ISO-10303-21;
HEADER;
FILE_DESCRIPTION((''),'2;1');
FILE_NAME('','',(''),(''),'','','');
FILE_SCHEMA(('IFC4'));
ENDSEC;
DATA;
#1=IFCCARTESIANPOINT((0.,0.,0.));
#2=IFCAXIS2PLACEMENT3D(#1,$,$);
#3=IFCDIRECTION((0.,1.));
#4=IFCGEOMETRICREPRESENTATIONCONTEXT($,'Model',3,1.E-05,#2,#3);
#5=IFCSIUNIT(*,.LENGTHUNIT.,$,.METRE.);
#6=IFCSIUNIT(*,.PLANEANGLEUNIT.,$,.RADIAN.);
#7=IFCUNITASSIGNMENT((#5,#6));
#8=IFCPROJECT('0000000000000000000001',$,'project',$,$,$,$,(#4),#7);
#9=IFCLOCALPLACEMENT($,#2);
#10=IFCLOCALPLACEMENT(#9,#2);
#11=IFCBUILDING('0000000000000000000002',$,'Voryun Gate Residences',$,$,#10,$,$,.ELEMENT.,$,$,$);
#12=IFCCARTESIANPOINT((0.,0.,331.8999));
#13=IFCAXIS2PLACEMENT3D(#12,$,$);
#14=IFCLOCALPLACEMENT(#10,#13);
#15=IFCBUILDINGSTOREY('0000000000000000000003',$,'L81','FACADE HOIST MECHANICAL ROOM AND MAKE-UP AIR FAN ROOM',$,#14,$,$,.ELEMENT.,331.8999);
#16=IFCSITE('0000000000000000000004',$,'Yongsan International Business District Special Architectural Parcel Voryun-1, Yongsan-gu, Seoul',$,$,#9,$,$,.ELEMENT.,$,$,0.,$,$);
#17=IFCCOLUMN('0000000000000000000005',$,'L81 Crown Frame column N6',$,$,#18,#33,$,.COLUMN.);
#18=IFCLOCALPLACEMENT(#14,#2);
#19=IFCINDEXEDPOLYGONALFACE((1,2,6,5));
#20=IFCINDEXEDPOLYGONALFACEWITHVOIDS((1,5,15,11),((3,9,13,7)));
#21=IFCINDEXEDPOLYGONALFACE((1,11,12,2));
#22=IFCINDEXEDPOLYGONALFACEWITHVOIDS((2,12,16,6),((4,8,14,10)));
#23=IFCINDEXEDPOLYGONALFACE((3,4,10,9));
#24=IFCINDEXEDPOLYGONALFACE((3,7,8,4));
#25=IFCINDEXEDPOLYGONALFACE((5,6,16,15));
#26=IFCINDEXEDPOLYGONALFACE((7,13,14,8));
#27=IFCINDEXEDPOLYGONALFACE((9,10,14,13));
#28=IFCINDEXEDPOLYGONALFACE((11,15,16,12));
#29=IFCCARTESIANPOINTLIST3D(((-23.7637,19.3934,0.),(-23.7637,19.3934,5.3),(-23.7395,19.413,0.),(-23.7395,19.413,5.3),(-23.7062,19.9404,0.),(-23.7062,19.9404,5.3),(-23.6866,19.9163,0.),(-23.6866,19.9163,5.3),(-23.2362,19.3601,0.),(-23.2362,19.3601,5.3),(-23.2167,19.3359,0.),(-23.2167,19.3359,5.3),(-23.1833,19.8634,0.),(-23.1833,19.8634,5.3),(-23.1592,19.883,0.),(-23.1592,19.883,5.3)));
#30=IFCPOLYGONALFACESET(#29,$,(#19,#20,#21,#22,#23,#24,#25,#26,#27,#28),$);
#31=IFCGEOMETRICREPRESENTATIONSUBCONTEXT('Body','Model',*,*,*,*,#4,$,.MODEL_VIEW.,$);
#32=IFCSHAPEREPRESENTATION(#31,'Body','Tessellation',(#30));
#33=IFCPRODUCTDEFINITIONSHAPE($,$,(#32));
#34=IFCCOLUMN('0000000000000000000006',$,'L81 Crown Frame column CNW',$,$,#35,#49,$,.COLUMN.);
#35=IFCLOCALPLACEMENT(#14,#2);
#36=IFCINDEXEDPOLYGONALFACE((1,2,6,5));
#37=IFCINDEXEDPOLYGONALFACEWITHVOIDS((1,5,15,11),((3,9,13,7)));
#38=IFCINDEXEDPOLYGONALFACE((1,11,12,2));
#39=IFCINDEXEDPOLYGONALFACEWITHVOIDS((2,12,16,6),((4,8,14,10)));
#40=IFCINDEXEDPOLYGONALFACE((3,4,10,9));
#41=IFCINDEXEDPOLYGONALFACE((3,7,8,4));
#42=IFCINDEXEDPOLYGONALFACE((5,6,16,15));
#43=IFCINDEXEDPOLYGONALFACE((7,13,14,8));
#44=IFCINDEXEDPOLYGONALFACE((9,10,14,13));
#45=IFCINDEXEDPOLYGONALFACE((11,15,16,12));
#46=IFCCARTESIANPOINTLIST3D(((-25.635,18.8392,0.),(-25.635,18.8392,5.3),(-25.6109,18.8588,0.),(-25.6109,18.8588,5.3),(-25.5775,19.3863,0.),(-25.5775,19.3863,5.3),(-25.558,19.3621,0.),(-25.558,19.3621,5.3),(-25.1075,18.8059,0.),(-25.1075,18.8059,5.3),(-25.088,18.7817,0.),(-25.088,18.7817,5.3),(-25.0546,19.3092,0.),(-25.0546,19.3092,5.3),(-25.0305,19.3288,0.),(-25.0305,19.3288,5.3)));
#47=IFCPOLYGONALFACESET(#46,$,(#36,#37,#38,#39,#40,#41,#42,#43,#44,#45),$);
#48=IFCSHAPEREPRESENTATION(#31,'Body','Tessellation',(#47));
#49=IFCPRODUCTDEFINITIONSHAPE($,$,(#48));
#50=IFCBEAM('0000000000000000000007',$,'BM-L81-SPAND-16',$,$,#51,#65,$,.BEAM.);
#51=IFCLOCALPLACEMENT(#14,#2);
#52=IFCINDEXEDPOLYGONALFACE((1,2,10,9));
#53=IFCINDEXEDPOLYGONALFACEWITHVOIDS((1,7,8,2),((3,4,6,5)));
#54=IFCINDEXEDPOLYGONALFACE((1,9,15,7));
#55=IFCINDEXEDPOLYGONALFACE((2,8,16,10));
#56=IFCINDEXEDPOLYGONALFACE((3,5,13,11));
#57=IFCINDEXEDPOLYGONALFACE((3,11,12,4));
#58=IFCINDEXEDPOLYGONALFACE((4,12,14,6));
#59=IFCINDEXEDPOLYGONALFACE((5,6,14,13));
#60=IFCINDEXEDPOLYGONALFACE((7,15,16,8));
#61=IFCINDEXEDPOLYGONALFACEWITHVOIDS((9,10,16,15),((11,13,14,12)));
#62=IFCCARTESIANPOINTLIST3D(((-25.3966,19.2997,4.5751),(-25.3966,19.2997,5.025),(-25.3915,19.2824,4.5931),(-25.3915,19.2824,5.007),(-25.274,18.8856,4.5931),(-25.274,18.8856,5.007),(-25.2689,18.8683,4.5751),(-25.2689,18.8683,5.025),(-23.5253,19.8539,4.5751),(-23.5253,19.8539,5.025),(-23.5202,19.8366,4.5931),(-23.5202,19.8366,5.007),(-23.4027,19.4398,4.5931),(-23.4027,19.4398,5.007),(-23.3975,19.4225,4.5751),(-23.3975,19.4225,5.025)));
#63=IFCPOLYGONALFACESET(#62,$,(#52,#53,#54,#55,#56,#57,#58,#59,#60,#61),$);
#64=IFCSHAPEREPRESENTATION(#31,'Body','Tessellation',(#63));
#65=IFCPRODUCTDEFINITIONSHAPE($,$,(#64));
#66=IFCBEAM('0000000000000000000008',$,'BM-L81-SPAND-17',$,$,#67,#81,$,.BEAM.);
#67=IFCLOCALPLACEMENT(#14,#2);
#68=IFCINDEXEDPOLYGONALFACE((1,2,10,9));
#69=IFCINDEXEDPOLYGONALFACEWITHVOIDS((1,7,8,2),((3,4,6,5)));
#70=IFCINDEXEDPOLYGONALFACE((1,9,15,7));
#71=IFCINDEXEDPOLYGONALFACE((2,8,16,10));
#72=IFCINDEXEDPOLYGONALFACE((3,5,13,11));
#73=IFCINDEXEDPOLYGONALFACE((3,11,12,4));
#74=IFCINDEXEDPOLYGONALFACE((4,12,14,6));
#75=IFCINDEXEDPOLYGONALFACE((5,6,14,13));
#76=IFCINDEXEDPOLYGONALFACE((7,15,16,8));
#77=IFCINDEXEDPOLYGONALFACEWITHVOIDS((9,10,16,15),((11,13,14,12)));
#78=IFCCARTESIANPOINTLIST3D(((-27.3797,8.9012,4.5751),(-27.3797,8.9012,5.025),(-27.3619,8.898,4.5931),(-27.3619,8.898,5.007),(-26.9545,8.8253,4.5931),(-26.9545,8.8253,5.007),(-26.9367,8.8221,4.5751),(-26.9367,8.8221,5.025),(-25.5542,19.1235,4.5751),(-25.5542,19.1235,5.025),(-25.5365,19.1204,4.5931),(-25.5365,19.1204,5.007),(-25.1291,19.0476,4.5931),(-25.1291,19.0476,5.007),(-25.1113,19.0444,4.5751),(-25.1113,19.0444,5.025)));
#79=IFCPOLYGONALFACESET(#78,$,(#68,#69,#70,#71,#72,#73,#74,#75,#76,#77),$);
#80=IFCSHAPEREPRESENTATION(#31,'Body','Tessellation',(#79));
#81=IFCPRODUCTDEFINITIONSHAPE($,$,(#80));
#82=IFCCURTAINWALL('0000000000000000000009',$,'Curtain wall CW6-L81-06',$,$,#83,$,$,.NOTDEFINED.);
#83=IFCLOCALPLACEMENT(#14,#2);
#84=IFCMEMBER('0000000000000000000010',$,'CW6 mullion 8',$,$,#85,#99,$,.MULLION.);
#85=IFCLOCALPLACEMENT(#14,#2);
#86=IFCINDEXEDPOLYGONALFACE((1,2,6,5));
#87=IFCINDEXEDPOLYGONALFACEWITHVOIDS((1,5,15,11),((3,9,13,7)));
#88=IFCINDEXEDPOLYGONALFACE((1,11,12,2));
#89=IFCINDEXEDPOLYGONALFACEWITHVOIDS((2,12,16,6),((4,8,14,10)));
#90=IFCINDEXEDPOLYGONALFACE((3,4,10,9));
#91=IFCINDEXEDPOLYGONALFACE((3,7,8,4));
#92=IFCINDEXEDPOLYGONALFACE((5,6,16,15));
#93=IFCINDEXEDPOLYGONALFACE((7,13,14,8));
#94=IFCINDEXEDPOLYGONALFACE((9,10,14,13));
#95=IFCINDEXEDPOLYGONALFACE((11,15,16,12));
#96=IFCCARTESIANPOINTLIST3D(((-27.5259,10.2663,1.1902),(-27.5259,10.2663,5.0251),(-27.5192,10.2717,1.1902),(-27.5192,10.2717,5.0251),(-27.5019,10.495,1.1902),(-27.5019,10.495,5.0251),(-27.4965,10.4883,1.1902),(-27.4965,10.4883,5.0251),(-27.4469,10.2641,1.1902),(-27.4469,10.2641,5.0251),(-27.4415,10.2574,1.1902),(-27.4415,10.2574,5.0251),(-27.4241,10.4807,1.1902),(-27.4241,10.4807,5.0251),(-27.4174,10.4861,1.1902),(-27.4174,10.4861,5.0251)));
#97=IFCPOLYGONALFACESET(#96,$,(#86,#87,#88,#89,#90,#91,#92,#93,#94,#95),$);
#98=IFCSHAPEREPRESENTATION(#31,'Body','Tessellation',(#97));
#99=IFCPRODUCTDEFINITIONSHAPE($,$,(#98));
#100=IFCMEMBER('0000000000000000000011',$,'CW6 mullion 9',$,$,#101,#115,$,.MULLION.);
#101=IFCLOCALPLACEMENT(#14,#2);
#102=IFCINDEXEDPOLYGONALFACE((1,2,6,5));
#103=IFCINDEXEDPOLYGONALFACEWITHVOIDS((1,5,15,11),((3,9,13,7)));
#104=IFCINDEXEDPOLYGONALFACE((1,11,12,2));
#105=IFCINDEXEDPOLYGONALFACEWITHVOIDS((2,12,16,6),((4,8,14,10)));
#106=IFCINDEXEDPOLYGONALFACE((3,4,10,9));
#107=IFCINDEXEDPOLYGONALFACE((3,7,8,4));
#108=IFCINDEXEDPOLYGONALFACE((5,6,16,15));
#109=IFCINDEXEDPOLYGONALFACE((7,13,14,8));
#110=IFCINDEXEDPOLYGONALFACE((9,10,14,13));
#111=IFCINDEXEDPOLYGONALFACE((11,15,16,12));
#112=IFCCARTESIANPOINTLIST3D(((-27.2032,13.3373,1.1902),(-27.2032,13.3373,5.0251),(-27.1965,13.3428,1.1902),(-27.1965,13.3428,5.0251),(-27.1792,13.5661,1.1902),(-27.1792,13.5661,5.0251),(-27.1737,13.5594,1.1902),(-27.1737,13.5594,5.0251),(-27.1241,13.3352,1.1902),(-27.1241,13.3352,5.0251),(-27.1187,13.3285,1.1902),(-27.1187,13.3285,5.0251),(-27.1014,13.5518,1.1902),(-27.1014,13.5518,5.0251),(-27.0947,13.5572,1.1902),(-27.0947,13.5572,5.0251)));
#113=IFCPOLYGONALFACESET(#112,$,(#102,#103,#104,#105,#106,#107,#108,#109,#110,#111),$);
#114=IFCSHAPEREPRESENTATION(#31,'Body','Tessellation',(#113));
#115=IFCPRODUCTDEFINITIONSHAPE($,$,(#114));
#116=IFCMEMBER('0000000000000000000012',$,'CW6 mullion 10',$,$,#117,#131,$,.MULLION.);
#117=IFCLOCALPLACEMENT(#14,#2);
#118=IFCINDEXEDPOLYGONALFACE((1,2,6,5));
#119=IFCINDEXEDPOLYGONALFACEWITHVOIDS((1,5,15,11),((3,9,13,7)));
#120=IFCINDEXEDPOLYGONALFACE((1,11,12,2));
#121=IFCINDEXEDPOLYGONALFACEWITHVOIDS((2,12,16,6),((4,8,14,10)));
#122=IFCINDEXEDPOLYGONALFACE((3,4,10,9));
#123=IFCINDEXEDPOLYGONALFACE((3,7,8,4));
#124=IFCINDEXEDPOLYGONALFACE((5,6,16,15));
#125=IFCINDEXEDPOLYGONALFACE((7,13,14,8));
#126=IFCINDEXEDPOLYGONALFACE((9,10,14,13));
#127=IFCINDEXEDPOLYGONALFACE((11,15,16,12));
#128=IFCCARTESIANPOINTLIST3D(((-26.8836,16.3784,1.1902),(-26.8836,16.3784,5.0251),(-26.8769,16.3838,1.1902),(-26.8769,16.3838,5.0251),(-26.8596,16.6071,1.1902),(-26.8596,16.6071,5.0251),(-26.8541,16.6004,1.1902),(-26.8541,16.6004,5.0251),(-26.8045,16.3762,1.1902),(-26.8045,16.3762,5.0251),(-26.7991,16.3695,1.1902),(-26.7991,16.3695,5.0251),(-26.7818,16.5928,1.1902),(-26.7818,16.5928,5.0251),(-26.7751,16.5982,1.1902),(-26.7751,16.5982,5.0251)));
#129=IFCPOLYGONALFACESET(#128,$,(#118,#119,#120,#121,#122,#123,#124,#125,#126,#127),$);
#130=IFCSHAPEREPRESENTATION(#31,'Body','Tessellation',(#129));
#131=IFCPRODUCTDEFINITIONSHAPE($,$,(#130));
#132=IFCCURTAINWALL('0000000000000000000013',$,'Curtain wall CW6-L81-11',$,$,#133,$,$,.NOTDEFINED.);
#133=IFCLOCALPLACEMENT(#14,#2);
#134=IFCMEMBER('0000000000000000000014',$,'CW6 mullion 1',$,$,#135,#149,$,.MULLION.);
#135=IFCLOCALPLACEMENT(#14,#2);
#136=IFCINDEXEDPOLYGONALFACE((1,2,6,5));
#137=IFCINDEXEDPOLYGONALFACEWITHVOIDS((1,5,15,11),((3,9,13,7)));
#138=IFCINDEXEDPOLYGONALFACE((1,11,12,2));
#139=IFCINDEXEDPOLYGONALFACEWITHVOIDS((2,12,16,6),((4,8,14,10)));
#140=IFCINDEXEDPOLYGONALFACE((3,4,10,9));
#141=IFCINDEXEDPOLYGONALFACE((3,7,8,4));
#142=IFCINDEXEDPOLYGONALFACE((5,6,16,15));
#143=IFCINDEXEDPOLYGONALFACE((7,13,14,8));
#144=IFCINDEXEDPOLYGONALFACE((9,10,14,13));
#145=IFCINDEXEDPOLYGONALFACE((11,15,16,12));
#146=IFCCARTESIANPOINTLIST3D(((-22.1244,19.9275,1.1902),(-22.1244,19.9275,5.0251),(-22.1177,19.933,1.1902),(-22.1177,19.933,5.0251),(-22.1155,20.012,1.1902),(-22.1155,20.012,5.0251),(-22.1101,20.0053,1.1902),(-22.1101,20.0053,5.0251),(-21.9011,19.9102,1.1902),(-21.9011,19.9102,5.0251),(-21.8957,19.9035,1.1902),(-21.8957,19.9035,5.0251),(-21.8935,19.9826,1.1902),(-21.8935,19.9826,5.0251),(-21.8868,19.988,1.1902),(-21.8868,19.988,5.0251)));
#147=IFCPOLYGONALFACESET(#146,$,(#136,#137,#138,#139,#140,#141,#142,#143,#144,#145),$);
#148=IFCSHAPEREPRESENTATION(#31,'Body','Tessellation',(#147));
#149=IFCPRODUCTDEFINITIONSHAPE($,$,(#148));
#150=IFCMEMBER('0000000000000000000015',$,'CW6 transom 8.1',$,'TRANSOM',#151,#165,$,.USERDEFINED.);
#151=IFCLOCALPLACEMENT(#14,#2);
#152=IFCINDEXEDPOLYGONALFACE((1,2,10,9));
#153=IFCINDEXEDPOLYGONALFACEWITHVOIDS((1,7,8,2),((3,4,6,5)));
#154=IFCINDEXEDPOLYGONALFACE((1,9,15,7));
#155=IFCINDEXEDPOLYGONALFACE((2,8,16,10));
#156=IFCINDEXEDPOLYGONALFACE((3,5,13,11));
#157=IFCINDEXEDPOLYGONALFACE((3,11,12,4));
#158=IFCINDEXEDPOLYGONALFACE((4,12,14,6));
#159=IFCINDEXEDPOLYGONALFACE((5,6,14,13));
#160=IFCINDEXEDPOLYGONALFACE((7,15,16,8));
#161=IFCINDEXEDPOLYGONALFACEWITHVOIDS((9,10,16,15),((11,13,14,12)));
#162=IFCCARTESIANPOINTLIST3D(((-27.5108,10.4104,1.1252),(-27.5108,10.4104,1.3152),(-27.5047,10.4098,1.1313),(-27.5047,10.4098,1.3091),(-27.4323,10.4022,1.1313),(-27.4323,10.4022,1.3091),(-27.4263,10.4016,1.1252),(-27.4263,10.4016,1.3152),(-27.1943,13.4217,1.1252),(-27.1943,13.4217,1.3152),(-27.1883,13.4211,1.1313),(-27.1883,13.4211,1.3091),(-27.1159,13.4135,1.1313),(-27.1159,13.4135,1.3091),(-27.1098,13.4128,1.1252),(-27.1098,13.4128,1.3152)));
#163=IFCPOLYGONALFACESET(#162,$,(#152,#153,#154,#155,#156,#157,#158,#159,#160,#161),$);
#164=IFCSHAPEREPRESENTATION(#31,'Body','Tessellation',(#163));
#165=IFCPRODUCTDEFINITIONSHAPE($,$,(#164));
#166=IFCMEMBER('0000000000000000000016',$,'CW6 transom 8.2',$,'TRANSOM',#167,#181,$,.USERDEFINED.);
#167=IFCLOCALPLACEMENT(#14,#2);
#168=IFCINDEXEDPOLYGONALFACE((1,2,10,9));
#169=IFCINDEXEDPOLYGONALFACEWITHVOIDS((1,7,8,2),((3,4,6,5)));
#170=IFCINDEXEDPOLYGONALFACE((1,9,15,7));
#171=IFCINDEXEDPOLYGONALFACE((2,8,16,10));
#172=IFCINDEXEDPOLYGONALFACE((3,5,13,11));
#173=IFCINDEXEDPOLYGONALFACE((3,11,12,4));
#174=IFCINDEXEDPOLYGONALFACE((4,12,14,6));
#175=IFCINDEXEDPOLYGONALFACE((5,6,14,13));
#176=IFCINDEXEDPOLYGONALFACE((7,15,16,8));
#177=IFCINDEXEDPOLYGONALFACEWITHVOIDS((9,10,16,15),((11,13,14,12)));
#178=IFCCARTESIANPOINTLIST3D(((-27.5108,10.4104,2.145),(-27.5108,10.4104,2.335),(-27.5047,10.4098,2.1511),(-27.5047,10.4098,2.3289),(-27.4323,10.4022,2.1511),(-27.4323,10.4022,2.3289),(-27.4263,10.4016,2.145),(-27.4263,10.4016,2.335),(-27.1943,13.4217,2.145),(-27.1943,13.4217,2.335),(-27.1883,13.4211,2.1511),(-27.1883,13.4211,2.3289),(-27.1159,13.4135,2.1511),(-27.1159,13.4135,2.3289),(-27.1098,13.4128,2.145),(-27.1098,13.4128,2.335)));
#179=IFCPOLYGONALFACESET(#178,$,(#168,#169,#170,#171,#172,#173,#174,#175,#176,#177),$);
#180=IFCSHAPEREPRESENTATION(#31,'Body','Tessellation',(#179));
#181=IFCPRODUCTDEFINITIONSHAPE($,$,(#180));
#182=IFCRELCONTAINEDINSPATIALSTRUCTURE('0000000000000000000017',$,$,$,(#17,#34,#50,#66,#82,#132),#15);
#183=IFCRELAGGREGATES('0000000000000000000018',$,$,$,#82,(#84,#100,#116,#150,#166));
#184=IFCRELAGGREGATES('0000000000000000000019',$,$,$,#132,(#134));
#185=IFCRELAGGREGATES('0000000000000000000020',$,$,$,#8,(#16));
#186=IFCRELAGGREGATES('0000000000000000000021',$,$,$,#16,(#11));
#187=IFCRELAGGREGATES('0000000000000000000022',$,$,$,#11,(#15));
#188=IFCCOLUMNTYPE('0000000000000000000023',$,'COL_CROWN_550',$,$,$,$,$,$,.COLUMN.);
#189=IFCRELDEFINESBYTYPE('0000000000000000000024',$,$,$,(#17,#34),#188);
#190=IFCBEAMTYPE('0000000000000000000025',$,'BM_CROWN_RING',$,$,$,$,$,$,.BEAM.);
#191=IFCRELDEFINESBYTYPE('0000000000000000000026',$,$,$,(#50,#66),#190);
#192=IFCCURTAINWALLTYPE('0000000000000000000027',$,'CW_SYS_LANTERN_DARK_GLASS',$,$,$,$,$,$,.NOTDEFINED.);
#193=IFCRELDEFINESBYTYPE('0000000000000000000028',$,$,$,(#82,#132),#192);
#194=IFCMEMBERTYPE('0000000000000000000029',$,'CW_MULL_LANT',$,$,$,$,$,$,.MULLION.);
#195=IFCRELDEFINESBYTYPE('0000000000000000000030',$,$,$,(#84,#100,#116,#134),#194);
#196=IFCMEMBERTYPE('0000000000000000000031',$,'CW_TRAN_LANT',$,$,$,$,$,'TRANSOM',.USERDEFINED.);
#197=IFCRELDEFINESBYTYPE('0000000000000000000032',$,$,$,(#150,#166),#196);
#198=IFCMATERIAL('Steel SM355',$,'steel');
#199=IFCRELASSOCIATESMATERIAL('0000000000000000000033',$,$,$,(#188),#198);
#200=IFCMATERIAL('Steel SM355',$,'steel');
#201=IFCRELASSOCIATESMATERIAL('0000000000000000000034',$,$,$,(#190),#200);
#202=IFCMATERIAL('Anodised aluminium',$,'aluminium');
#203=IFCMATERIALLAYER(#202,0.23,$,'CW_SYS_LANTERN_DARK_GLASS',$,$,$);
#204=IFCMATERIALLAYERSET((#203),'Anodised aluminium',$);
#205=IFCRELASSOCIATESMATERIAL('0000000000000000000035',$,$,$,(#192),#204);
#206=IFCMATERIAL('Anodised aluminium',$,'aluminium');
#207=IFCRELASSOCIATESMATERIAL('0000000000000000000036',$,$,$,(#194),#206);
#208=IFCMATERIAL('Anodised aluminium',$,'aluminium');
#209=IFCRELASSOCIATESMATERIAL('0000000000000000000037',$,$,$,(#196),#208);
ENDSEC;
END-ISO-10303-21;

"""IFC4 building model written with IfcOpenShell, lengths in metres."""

from ifc_helpers import new_model, si_unit, direction, frame, origin, origin_2d, place, context, subcontext, project, spatial, hollow_rectangle, extrude, material, layer, layer_set, material_profile, profile_set, type_object, element, aggregate, save


model = new_model("IFC4")

# Units and contexts
model_context = context("Model", 3, precision=1e-05, world=origin(), true_north=direction((0.0, 1.0)))
body_context = subcontext(model_context, "Body", "Model", "MODEL_VIEW")
ifc_project = project(units=[si_unit("LENGTHUNIT", "METRE"), si_unit("PLANEANGLEUNIT", "RADIAN")], contexts=[model_context])

# Site, building, storey
site_placement = place(None, origin())
site = spatial("IfcSite", under=ifc_project, at=site_placement, Name="Yongsan International Business District Special Architectural Parcel Voryun-1, Yongsan-gu, Seoul", CompositionType="ELEMENT", RefElevation=0.0)
building_placement = place(site_placement, origin())
building = spatial("IfcBuilding", under=site, at=building_placement, Name="Voryun Gate Residences", CompositionType="ELEMENT")
storey_placement = place(building_placement, frame((0.0, 0.0, 331.8999)))
storey = spatial("IfcBuildingStorey", under=building, at=storey_placement, Name="L81", Description="FACADE HOIST MECHANICAL ROOM AND MAKE-UP AIR FAN ROOM", CompositionType="ELEMENT", Elevation=331.8999)

# Columns
ifc_material_1 = material(Name="Steel SM355", Category="steel")
ifc_material_profile_1 = material_profile(ifc_material_1, hollow_rectangle(XDim=0.55, YDim=0.55, WallThickness=0.022, at=origin_2d()), Name="BOX-550x550x22")
ifc_profile_set_1 = profile_set([ifc_material_profile_1], Name="Steel SM355")
column_type = type_object("IfcColumnType", Name="COL_CROWN_550", PredefinedType="COLUMN", material=ifc_profile_set_1)
for number, where, z_axis, x_axis, name in (
    (1, (-23.4614, 19.6382, 0.0), (0.0, 0.0, 1.0), (0.994522, -0.104528, 0.0), "L81 Crown Frame column N6"),
    (2, (-25.3328, 19.084, 0.0), (0.0, 0.0, 1.0), (0.994522, -0.104528, 0.0), "L81 Crown Frame column CNW"),
):
    element("IfcColumn", number, at=place(storey_placement, frame(where, z_axis=z_axis, x_axis=x_axis)), inside=storey, type_object=column_type, Name=name, PredefinedType="COLUMN", context=body_context, shape_type="SweptSolid", body=[
        extrude(hollow_rectangle(XDim=0.55, YDim=0.55, WallThickness=0.022, at=origin_2d()), origin(), (0.0, 0.0, 1.0), 5.3),
    ])

# Beams
ifc_material_2 = material(Name="Steel SM355", Category="steel")
ifc_material_profile_2 = material_profile(ifc_material_2, hollow_rectangle(XDim=0.45, YDim=0.45, WallThickness=0.0181, at=origin_2d()), Name="BOX-450x450x18")
ifc_profile_set_2 = profile_set([ifc_material_profile_2], Name="Steel SM355")
beam_type = type_object("IfcBeamType", Name="BM_CROWN_RING", PredefinedType="BEAM", material=ifc_profile_set_2)
beam_1_placement = place(storey_placement, frame((-23.4614, 19.6382, 4.8), z_axis=(-0.958836, -0.283961, 0.0), x_axis=(0.283961, -0.958836, 0.0)))
element("IfcBeam", 3, at=beam_1_placement, inside=storey, type_object=beam_type, Name="BM-L81-SPAND-16", PredefinedType="BEAM", context=body_context, shape_type="SweptSolid", body=[
    extrude(hollow_rectangle(XDim=0.45, YDim=0.45, WallThickness=0.0181, at=origin_2d()), origin(), (0.0, 0.0, 1.0), 1.9517),
])
beam_2_placement = place(storey_placement, frame((-25.3328, 19.084, 4.8), z_axis=(-0.175791, -0.984427, 0.0), x_axis=(0.984427, -0.175791, 0.0)))
element("IfcBeam", 4, at=beam_2_placement, inside=storey, type_object=beam_type, Name="BM-L81-SPAND-17", PredefinedType="BEAM", context=body_context, shape_type="SweptSolid", body=[
    extrude(hollow_rectangle(XDim=0.45, YDim=0.45, WallThickness=0.0181, at=origin_2d()), origin(), (0.0, 0.0, 1.0), 10.384),
])

# Curtain wall, members
ifc_material_3 = material(Name="Anodised aluminium", Category="aluminium")
ifc_layer_1 = layer(ifc_material_3, 0.23, Name="CW_SYS_LANTERN_DARK_GLASS")
ifc_layer_set_1 = layer_set([ifc_layer_1], Name="Anodised aluminium")
curtain_wall_type = type_object("IfcCurtainWallType", Name="CW_SYS_LANTERN_DARK_GLASS", PredefinedType="NOTDEFINED", material=ifc_layer_set_1)
curtain_wall_1_placement = place(storey_placement, origin())
curtain_wall_1 = element("IfcCurtainWall", 5, at=curtain_wall_1_placement, inside=storey, type_object=curtain_wall_type, Name="Curtain wall CW6-L81-06", PredefinedType="NOTDEFINED")
ifc_material_4 = material(Name="Anodised aluminium", Category="aluminium")
ifc_material_profile_3 = material_profile(ifc_material_4, hollow_rectangle(XDim=0.085, YDim=0.23, WallThickness=0.0061, at=origin_2d()), Name="ALU-MULL-230x85x6")
ifc_profile_set_3 = profile_set([ifc_material_profile_3], Name="Anodised aluminium")
member_type_1 = type_object("IfcMemberType", Name="CW_MULL_LANT", PredefinedType="MULLION", material=ifc_profile_set_3)
member_1_placement = place(storey_placement, frame((-27.4717, 10.3762, 1.1902), z_axis=(0.0, 0.0, 1.0), x_axis=(-0.994522, 0.104528, 0.0)))
member_1 = element("IfcMember", 6, at=member_1_placement, type_object=member_type_1, Name="CW6 mullion 8", PredefinedType="MULLION", context=body_context, shape_type="SweptSolid", body=[
    extrude(hollow_rectangle(XDim=0.085, YDim=0.23, WallThickness=0.0061, at=origin_2d()), origin(), (0.0, 0.0, 1.0), 3.835),
])
member_2_placement = place(storey_placement, frame((-27.1489, 13.4473, 1.1902), z_axis=(0.0, 0.0, 1.0), x_axis=(-0.994522, 0.104528, 0.0)))
member_2 = element("IfcMember", 7, at=member_2_placement, type_object=member_type_1, Name="CW6 mullion 9", PredefinedType="MULLION", context=body_context, shape_type="SweptSolid", body=[
    extrude(hollow_rectangle(XDim=0.085, YDim=0.23, WallThickness=0.0061, at=origin_2d()), origin(), (0.0, 0.0, 1.0), 3.835),
])
member_3_placement = place(storey_placement, frame((-26.8293, 16.4883, 1.1902), z_axis=(0.0, 0.0, 1.0), x_axis=(-0.994522, 0.104528, 0.0)))
member_3 = element("IfcMember", 8, at=member_3_placement, type_object=member_type_1, Name="CW6 mullion 10", PredefinedType="MULLION", context=body_context, shape_type="SweptSolid", body=[
    extrude(hollow_rectangle(XDim=0.085, YDim=0.23, WallThickness=0.0061, at=origin_2d()), origin(), (0.0, 0.0, 1.0), 3.835),
])

# Curtain wall, member
curtain_wall_2_placement = place(storey_placement, origin())
curtain_wall_2 = element("IfcCurtainWall", 9, at=curtain_wall_2_placement, inside=storey, type_object=curtain_wall_type, Name="Curtain wall CW6-L81-11", PredefinedType="NOTDEFINED")
member_4_placement = place(storey_placement, frame((-22.0056, 19.9578, 1.1902), z_axis=(0.0, 0.0, 1.0), x_axis=(0.104528, 0.994522, 0.0)))
member_4 = element("IfcMember", 10, at=member_4_placement, type_object=member_type_1, Name="CW6 mullion 1", PredefinedType="MULLION", context=body_context, shape_type="SweptSolid", body=[
    extrude(hollow_rectangle(XDim=0.085, YDim=0.23, WallThickness=0.0061, at=origin_2d()), origin(), (0.0, 0.0, 1.0), 3.835),
])

# Members
ifc_material_5 = material(Name="Anodised aluminium", Category="aluminium")
ifc_material_profile_4 = material_profile(ifc_material_5, hollow_rectangle(XDim=0.085, YDim=0.1899, WallThickness=0.0061, at=origin_2d()), Name="ALU-TRAN-190x85x6")
ifc_profile_set_4 = profile_set([ifc_material_profile_4], Name="Anodised aluminium")
member_type_2 = type_object("IfcMemberType", Name="CW_TRAN_LANT", ElementType="TRANSOM", PredefinedType="USERDEFINED", material=ifc_profile_set_4)
member_5_placement = place(storey_placement, frame((-27.4685, 10.406, 1.2202), z_axis=(0.1045, 0.994525, 0.0), x_axis=(-0.994525, 0.1045, 0.0)))
member_5 = element("IfcMember", 11, at=member_5_placement, type_object=member_type_2, Name="CW6 transom 8.1", ObjectType="TRANSOM", PredefinedType="USERDEFINED", context=body_context, shape_type="SweptSolid", body=[
    extrude(hollow_rectangle(XDim=0.085, YDim=0.1899, WallThickness=0.0061, at=origin_2d()), origin(), (0.0, 0.0, 1.0), 3.0278),
])
member_6_placement = place(storey_placement, frame((-27.4685, 10.406, 2.24), z_axis=(0.1045, 0.994525, 0.0), x_axis=(-0.994525, 0.1045, 0.0)))
member_6 = element("IfcMember", 12, at=member_6_placement, type_object=member_type_2, Name="CW6 transom 8.2", ObjectType="TRANSOM", PredefinedType="USERDEFINED", context=body_context, shape_type="SweptSolid", body=[
    extrude(hollow_rectangle(XDim=0.085, YDim=0.1899, WallThickness=0.0061, at=origin_2d()), origin(), (0.0, 0.0, 1.0), 3.0278),
])

aggregate(curtain_wall_1, [member_1, member_2, member_3, member_5, member_6])
aggregate(curtain_wall_2, [member_4])

save(model, "model.ifc")
